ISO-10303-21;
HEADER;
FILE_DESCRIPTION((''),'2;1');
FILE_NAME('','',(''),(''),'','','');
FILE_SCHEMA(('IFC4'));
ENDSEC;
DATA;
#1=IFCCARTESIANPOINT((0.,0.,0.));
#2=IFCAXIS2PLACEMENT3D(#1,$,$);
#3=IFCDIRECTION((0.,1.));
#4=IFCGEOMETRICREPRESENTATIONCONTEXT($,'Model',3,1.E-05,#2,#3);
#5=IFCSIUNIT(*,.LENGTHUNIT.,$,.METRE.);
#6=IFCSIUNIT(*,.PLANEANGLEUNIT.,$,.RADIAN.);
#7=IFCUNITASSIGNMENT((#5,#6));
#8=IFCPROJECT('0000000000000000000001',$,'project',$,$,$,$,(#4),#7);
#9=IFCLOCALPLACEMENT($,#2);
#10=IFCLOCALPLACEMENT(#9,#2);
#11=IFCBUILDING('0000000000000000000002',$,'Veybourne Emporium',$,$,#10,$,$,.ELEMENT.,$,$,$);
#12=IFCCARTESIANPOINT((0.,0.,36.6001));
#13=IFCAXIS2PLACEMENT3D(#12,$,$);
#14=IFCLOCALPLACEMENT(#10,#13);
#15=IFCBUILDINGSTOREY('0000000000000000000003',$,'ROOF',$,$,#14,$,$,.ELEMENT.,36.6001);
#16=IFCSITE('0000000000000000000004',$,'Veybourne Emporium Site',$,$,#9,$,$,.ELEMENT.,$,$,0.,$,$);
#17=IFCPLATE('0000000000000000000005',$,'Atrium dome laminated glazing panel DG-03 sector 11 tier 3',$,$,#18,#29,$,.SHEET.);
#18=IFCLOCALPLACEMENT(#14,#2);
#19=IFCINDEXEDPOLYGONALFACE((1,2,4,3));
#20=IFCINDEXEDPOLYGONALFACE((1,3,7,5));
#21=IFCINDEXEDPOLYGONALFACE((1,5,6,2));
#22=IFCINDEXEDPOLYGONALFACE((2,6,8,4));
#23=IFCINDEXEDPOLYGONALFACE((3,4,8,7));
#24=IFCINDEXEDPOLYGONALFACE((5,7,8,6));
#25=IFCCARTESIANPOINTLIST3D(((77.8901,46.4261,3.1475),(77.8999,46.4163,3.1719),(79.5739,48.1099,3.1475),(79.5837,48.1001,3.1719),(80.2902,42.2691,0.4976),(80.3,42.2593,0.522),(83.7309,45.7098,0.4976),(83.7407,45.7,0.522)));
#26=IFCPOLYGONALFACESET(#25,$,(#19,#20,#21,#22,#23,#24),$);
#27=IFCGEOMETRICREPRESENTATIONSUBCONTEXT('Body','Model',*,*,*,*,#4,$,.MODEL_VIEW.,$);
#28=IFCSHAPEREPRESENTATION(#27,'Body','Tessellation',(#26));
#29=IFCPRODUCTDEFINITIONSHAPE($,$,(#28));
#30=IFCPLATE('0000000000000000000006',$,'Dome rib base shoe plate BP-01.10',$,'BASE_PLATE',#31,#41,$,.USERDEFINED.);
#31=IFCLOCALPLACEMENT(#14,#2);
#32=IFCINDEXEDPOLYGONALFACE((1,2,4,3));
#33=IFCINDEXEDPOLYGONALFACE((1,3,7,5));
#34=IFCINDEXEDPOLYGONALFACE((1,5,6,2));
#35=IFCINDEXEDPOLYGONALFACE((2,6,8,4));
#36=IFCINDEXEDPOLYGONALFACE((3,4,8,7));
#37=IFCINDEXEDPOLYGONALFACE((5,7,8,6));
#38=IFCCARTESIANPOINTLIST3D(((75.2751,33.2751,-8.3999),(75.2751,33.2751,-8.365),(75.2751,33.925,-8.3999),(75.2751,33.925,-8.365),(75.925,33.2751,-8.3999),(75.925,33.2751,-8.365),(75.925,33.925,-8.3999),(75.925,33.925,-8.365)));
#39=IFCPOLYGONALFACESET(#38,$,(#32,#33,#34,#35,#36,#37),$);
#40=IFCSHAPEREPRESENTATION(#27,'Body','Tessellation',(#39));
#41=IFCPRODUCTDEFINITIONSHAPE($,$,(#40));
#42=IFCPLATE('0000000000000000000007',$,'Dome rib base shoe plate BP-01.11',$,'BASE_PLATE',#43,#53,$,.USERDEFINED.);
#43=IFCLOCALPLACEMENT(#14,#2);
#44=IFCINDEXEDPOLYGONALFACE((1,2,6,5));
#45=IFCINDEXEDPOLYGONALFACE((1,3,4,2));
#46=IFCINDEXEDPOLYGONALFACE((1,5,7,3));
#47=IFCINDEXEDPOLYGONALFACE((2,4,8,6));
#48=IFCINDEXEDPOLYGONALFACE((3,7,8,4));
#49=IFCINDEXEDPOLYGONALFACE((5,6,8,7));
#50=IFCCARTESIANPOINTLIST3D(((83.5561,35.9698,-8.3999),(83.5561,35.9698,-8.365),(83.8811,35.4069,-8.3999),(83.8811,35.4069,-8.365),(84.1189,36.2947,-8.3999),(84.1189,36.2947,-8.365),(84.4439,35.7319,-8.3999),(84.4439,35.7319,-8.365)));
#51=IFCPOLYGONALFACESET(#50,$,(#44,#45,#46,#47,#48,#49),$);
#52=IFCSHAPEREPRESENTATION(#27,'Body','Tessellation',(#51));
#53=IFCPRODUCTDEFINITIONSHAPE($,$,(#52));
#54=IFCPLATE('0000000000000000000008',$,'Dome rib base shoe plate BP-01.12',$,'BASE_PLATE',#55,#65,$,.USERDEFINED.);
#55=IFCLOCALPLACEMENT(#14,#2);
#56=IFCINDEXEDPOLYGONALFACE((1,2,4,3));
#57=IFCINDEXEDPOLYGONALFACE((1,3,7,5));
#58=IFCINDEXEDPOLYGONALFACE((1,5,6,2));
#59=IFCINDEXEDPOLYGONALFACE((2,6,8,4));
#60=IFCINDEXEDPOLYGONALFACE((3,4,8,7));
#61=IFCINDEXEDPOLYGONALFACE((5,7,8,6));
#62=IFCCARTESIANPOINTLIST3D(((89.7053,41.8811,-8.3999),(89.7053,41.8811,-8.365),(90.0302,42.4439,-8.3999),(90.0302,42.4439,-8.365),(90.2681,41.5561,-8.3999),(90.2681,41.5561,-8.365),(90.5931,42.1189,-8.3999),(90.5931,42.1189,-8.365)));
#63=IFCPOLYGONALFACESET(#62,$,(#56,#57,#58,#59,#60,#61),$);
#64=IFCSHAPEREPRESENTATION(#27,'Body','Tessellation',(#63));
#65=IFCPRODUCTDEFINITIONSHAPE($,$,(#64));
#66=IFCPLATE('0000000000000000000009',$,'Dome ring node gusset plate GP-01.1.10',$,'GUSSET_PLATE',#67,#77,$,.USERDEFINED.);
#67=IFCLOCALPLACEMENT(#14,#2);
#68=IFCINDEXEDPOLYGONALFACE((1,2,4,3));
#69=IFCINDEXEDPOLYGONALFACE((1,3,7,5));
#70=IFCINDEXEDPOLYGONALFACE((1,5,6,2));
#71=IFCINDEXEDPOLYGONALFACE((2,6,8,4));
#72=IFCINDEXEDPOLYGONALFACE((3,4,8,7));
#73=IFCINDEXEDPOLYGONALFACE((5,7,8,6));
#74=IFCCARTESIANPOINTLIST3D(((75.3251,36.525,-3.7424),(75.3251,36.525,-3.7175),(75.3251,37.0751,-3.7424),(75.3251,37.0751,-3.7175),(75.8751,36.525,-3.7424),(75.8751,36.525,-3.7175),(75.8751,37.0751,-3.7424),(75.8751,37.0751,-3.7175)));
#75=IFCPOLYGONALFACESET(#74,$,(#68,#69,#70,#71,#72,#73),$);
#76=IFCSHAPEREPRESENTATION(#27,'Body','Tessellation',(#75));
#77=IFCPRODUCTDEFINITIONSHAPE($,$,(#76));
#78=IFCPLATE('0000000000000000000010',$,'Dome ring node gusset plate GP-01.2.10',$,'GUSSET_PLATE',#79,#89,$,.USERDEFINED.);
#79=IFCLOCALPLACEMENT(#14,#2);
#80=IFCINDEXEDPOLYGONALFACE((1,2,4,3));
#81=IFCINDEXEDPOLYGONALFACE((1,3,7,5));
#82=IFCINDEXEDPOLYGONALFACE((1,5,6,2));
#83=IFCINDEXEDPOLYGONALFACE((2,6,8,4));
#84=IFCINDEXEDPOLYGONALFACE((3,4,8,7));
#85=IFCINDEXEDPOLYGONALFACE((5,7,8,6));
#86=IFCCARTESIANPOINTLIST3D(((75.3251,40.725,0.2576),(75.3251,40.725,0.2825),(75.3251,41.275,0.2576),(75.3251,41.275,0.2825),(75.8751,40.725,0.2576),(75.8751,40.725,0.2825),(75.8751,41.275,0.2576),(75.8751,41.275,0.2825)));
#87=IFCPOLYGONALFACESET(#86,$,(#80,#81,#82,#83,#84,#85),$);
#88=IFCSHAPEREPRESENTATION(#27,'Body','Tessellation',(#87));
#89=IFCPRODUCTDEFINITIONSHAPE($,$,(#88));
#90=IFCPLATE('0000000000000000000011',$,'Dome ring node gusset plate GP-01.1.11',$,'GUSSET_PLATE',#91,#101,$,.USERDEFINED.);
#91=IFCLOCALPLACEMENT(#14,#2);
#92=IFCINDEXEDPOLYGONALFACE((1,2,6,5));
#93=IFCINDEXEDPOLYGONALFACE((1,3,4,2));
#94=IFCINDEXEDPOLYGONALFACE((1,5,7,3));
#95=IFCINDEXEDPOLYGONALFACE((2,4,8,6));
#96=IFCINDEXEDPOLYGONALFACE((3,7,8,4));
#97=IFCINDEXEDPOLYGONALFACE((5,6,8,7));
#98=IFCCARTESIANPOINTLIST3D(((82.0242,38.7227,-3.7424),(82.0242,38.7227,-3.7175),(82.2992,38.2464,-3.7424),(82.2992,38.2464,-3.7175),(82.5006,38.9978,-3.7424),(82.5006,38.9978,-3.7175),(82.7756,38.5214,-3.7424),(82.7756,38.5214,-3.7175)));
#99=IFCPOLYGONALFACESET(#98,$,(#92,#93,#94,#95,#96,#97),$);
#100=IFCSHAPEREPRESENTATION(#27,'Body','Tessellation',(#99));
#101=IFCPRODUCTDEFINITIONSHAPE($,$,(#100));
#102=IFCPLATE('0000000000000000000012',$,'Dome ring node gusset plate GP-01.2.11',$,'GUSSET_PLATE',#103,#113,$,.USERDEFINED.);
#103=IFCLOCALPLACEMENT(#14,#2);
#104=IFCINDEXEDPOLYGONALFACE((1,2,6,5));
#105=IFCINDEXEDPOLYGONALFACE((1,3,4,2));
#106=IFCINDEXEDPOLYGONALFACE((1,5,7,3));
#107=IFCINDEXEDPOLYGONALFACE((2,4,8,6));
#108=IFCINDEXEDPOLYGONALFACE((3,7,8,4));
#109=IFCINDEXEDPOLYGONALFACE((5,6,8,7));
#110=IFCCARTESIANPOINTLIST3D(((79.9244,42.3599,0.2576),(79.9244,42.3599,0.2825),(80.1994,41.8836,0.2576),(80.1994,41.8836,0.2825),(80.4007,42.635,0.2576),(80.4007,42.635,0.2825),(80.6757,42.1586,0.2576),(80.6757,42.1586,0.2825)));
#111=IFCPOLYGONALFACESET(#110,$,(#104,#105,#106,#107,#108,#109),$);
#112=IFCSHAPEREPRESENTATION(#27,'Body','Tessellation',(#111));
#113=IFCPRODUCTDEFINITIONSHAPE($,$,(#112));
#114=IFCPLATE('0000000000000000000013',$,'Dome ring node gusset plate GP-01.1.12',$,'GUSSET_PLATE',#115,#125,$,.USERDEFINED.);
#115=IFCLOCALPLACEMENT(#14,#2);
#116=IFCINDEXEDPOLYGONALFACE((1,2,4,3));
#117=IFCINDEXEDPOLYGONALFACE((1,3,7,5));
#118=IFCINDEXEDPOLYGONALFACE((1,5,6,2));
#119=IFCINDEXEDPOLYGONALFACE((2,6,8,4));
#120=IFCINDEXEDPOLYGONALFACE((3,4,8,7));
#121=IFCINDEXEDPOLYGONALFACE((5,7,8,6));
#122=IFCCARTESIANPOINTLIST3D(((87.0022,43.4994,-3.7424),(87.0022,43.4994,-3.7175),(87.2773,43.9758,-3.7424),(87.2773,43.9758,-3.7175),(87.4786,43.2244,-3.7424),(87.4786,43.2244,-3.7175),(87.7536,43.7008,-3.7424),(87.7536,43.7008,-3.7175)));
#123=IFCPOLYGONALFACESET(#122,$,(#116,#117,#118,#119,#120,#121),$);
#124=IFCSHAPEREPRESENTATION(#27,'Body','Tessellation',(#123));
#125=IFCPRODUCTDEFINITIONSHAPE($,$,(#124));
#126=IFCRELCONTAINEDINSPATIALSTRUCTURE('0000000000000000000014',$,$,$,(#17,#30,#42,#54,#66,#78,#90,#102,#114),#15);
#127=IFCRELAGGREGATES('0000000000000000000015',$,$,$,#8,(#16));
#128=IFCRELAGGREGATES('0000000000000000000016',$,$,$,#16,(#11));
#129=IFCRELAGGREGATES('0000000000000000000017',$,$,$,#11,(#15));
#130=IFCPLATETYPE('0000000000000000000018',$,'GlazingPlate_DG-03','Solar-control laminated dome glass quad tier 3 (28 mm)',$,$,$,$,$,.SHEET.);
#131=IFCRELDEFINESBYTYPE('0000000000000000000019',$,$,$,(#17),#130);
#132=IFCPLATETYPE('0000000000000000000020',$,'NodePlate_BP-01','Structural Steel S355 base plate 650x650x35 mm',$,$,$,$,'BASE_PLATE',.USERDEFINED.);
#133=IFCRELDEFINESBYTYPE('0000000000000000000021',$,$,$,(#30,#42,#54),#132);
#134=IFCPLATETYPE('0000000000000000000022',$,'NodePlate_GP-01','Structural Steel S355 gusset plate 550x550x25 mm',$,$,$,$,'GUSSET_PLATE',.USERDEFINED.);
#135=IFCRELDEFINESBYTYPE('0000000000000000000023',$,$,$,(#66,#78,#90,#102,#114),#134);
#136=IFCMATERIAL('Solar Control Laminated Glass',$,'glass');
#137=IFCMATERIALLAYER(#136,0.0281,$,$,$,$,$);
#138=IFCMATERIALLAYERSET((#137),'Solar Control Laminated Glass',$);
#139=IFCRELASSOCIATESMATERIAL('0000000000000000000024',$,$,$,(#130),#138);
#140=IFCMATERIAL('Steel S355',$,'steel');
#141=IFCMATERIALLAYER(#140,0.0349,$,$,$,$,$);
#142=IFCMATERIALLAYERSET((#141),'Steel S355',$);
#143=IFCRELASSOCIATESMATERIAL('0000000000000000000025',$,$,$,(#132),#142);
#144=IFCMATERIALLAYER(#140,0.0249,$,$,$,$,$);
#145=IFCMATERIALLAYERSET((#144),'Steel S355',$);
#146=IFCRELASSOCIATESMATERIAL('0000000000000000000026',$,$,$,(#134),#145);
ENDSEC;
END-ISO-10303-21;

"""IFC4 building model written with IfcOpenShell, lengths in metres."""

from ifc_helpers import new_model, si_unit, direction, frame, origin, origin_2d, place, context, subcontext, project, spatial, polyline, rectangle, outline, extrude, material, layer, layer_set, type_object, element, save


model = new_model("IFC4")

# Units and contexts
model_context = context("Model", 3, precision=1e-05, world=origin(), true_north=direction((0.0, 1.0)))
body_context = subcontext(model_context, "Body", "Model", "MODEL_VIEW")
ifc_project = project(units=[si_unit("LENGTHUNIT", "METRE"), si_unit("PLANEANGLEUNIT", "RADIAN")], contexts=[model_context])

# Site, building, storey
site_placement = place(None, origin())
site = spatial("IfcSite", under=ifc_project, at=site_placement, Name="Veybourne Emporium Site", CompositionType="ELEMENT", RefElevation=0.0)
building_placement = place(site_placement, origin())
building = spatial("IfcBuilding", under=site, at=building_placement, Name="Veybourne Emporium", CompositionType="ELEMENT")
storey_placement = place(building_placement, frame((0.0, 0.0, 36.6001)))
storey = spatial("IfcBuildingStorey", under=building, at=storey_placement, Name="ROOF", CompositionType="ELEMENT", Elevation=36.6001)

# Shared definitions
ifc_material_1 = material(Name="Steel S355", Category="steel")

# Plates
ifc_material_2 = material(Name="Solar Control Laminated Glass", Category="glass")
ifc_layer_1 = layer(ifc_material_2, 0.0281)
ifc_layer_set_1 = layer_set([ifc_layer_1], Name="Solar Control Laminated Glass")
plate_type_1 = type_object("IfcPlateType", Name="GlazingPlate_DG-03", Description="Solar-control laminated dome glass quad tier 3 (28 mm)", PredefinedType="SHEET", material=ifc_layer_set_1)
plate_1_placement = place(storey_placement, frame((80.3, 42.2593, 0.522), z_axis=(0.350865, -0.350865, 0.868209), x_axis=(0.707107, 0.707107, 0.0)))
element("IfcPlate", 1, at=plate_1_placement, inside=storey, type_object=plate_type_1, Name="Atrium dome laminated glazing panel DG-03 sector 11 tier 3", PredefinedType="SHEET", context=body_context, shape_type="SweptSolid", body=[
    extrude(outline(polyline([(0.0, 0.0), (4.8658, 0.0), (3.6236, 5.3404), (1.2423, 5.3404), (0.0, 0.0)])), origin(), (0.0, 0.0, -1.0), 0.0281),
])
ifc_layer_2 = layer(ifc_material_1, 0.0349)
ifc_layer_set_2 = layer_set([ifc_layer_2], Name="Steel S355")
plate_type_2 = type_object("IfcPlateType", Name="NodePlate_BP-01", Description="Structural Steel S355 base plate 650x650x35 mm", ElementType="BASE_PLATE", PredefinedType="USERDEFINED", material=ifc_layer_set_2)
for number, where, z_axis, x_axis, name in (
    (2, (75.6001, 33.6001, -8.3999), (0.0, 0.0, 1.0), (0.0, -1.0, 0.0), "Dome rib base shoe plate BP-01.10"),
    (3, (84.0, 35.8508, -8.3999), (0.0, 0.0, 1.0), (0.5, -0.866025, 0.0), "Dome rib base shoe plate BP-01.11"),
    (4, (90.1492, 42.0, -8.3999), (0.0, 0.0, 1.0), (0.866025, -0.5, 0.0), "Dome rib base shoe plate BP-01.12"),
):
    element("IfcPlate", number, at=place(storey_placement, frame(where, z_axis=z_axis, x_axis=x_axis)), inside=storey, type_object=plate_type_2, Name=name, ObjectType="BASE_PLATE", PredefinedType="USERDEFINED", context=body_context, shape_type="SweptSolid", body=[
        extrude(rectangle(XDim=0.6499, YDim=0.6499, at=origin_2d()), origin(), (0.0, 0.0, 1.0), 0.0349),
    ])
ifc_layer_3 = layer(ifc_material_1, 0.0249)
ifc_layer_set_3 = layer_set([ifc_layer_3], Name="Steel S355")
plate_type_3 = type_object("IfcPlateType", Name="NodePlate_GP-01", Description="Structural Steel S355 gusset plate 550x550x25 mm", ElementType="GUSSET_PLATE", PredefinedType="USERDEFINED", material=ifc_layer_set_3)
for number, where, z_axis, x_axis, name in (
    (5, (75.6001, 36.8, -3.7424), (0.0, 0.0, 1.0), (0.0, -1.0, 0.0), "Dome ring node gusset plate GP-01.1.10"),
    (6, (75.6001, 41.0, 0.2576), (0.0, 0.0, 1.0), (0.0, -1.0, 0.0), "Dome ring node gusset plate GP-01.2.10"),
    (7, (82.3999, 38.6221, -3.7424), (0.0, 0.0, 1.0), (0.5, -0.866025, 0.0), "Dome ring node gusset plate GP-01.1.11"),
    (8, (80.3, 42.2593, 0.2576), (0.0, 0.0, 1.0), (0.5, -0.866025, 0.0), "Dome ring node gusset plate GP-01.2.11"),
    (9, (87.3779, 43.6001, -3.7424), (0.0, 0.0, 1.0), (0.866025, -0.5, 0.0), "Dome ring node gusset plate GP-01.1.12"),
):
    element("IfcPlate", number, at=place(storey_placement, frame(where, z_axis=z_axis, x_axis=x_axis)), inside=storey, type_object=plate_type_3, Name=name, ObjectType="GUSSET_PLATE", PredefinedType="USERDEFINED", context=body_context, shape_type="SweptSolid", body=[
        extrude(rectangle(XDim=0.55, YDim=0.55, at=origin_2d()), origin(), (0.0, 0.0, 1.0), 0.0249),
    ])

save(model, "model.ifc")
